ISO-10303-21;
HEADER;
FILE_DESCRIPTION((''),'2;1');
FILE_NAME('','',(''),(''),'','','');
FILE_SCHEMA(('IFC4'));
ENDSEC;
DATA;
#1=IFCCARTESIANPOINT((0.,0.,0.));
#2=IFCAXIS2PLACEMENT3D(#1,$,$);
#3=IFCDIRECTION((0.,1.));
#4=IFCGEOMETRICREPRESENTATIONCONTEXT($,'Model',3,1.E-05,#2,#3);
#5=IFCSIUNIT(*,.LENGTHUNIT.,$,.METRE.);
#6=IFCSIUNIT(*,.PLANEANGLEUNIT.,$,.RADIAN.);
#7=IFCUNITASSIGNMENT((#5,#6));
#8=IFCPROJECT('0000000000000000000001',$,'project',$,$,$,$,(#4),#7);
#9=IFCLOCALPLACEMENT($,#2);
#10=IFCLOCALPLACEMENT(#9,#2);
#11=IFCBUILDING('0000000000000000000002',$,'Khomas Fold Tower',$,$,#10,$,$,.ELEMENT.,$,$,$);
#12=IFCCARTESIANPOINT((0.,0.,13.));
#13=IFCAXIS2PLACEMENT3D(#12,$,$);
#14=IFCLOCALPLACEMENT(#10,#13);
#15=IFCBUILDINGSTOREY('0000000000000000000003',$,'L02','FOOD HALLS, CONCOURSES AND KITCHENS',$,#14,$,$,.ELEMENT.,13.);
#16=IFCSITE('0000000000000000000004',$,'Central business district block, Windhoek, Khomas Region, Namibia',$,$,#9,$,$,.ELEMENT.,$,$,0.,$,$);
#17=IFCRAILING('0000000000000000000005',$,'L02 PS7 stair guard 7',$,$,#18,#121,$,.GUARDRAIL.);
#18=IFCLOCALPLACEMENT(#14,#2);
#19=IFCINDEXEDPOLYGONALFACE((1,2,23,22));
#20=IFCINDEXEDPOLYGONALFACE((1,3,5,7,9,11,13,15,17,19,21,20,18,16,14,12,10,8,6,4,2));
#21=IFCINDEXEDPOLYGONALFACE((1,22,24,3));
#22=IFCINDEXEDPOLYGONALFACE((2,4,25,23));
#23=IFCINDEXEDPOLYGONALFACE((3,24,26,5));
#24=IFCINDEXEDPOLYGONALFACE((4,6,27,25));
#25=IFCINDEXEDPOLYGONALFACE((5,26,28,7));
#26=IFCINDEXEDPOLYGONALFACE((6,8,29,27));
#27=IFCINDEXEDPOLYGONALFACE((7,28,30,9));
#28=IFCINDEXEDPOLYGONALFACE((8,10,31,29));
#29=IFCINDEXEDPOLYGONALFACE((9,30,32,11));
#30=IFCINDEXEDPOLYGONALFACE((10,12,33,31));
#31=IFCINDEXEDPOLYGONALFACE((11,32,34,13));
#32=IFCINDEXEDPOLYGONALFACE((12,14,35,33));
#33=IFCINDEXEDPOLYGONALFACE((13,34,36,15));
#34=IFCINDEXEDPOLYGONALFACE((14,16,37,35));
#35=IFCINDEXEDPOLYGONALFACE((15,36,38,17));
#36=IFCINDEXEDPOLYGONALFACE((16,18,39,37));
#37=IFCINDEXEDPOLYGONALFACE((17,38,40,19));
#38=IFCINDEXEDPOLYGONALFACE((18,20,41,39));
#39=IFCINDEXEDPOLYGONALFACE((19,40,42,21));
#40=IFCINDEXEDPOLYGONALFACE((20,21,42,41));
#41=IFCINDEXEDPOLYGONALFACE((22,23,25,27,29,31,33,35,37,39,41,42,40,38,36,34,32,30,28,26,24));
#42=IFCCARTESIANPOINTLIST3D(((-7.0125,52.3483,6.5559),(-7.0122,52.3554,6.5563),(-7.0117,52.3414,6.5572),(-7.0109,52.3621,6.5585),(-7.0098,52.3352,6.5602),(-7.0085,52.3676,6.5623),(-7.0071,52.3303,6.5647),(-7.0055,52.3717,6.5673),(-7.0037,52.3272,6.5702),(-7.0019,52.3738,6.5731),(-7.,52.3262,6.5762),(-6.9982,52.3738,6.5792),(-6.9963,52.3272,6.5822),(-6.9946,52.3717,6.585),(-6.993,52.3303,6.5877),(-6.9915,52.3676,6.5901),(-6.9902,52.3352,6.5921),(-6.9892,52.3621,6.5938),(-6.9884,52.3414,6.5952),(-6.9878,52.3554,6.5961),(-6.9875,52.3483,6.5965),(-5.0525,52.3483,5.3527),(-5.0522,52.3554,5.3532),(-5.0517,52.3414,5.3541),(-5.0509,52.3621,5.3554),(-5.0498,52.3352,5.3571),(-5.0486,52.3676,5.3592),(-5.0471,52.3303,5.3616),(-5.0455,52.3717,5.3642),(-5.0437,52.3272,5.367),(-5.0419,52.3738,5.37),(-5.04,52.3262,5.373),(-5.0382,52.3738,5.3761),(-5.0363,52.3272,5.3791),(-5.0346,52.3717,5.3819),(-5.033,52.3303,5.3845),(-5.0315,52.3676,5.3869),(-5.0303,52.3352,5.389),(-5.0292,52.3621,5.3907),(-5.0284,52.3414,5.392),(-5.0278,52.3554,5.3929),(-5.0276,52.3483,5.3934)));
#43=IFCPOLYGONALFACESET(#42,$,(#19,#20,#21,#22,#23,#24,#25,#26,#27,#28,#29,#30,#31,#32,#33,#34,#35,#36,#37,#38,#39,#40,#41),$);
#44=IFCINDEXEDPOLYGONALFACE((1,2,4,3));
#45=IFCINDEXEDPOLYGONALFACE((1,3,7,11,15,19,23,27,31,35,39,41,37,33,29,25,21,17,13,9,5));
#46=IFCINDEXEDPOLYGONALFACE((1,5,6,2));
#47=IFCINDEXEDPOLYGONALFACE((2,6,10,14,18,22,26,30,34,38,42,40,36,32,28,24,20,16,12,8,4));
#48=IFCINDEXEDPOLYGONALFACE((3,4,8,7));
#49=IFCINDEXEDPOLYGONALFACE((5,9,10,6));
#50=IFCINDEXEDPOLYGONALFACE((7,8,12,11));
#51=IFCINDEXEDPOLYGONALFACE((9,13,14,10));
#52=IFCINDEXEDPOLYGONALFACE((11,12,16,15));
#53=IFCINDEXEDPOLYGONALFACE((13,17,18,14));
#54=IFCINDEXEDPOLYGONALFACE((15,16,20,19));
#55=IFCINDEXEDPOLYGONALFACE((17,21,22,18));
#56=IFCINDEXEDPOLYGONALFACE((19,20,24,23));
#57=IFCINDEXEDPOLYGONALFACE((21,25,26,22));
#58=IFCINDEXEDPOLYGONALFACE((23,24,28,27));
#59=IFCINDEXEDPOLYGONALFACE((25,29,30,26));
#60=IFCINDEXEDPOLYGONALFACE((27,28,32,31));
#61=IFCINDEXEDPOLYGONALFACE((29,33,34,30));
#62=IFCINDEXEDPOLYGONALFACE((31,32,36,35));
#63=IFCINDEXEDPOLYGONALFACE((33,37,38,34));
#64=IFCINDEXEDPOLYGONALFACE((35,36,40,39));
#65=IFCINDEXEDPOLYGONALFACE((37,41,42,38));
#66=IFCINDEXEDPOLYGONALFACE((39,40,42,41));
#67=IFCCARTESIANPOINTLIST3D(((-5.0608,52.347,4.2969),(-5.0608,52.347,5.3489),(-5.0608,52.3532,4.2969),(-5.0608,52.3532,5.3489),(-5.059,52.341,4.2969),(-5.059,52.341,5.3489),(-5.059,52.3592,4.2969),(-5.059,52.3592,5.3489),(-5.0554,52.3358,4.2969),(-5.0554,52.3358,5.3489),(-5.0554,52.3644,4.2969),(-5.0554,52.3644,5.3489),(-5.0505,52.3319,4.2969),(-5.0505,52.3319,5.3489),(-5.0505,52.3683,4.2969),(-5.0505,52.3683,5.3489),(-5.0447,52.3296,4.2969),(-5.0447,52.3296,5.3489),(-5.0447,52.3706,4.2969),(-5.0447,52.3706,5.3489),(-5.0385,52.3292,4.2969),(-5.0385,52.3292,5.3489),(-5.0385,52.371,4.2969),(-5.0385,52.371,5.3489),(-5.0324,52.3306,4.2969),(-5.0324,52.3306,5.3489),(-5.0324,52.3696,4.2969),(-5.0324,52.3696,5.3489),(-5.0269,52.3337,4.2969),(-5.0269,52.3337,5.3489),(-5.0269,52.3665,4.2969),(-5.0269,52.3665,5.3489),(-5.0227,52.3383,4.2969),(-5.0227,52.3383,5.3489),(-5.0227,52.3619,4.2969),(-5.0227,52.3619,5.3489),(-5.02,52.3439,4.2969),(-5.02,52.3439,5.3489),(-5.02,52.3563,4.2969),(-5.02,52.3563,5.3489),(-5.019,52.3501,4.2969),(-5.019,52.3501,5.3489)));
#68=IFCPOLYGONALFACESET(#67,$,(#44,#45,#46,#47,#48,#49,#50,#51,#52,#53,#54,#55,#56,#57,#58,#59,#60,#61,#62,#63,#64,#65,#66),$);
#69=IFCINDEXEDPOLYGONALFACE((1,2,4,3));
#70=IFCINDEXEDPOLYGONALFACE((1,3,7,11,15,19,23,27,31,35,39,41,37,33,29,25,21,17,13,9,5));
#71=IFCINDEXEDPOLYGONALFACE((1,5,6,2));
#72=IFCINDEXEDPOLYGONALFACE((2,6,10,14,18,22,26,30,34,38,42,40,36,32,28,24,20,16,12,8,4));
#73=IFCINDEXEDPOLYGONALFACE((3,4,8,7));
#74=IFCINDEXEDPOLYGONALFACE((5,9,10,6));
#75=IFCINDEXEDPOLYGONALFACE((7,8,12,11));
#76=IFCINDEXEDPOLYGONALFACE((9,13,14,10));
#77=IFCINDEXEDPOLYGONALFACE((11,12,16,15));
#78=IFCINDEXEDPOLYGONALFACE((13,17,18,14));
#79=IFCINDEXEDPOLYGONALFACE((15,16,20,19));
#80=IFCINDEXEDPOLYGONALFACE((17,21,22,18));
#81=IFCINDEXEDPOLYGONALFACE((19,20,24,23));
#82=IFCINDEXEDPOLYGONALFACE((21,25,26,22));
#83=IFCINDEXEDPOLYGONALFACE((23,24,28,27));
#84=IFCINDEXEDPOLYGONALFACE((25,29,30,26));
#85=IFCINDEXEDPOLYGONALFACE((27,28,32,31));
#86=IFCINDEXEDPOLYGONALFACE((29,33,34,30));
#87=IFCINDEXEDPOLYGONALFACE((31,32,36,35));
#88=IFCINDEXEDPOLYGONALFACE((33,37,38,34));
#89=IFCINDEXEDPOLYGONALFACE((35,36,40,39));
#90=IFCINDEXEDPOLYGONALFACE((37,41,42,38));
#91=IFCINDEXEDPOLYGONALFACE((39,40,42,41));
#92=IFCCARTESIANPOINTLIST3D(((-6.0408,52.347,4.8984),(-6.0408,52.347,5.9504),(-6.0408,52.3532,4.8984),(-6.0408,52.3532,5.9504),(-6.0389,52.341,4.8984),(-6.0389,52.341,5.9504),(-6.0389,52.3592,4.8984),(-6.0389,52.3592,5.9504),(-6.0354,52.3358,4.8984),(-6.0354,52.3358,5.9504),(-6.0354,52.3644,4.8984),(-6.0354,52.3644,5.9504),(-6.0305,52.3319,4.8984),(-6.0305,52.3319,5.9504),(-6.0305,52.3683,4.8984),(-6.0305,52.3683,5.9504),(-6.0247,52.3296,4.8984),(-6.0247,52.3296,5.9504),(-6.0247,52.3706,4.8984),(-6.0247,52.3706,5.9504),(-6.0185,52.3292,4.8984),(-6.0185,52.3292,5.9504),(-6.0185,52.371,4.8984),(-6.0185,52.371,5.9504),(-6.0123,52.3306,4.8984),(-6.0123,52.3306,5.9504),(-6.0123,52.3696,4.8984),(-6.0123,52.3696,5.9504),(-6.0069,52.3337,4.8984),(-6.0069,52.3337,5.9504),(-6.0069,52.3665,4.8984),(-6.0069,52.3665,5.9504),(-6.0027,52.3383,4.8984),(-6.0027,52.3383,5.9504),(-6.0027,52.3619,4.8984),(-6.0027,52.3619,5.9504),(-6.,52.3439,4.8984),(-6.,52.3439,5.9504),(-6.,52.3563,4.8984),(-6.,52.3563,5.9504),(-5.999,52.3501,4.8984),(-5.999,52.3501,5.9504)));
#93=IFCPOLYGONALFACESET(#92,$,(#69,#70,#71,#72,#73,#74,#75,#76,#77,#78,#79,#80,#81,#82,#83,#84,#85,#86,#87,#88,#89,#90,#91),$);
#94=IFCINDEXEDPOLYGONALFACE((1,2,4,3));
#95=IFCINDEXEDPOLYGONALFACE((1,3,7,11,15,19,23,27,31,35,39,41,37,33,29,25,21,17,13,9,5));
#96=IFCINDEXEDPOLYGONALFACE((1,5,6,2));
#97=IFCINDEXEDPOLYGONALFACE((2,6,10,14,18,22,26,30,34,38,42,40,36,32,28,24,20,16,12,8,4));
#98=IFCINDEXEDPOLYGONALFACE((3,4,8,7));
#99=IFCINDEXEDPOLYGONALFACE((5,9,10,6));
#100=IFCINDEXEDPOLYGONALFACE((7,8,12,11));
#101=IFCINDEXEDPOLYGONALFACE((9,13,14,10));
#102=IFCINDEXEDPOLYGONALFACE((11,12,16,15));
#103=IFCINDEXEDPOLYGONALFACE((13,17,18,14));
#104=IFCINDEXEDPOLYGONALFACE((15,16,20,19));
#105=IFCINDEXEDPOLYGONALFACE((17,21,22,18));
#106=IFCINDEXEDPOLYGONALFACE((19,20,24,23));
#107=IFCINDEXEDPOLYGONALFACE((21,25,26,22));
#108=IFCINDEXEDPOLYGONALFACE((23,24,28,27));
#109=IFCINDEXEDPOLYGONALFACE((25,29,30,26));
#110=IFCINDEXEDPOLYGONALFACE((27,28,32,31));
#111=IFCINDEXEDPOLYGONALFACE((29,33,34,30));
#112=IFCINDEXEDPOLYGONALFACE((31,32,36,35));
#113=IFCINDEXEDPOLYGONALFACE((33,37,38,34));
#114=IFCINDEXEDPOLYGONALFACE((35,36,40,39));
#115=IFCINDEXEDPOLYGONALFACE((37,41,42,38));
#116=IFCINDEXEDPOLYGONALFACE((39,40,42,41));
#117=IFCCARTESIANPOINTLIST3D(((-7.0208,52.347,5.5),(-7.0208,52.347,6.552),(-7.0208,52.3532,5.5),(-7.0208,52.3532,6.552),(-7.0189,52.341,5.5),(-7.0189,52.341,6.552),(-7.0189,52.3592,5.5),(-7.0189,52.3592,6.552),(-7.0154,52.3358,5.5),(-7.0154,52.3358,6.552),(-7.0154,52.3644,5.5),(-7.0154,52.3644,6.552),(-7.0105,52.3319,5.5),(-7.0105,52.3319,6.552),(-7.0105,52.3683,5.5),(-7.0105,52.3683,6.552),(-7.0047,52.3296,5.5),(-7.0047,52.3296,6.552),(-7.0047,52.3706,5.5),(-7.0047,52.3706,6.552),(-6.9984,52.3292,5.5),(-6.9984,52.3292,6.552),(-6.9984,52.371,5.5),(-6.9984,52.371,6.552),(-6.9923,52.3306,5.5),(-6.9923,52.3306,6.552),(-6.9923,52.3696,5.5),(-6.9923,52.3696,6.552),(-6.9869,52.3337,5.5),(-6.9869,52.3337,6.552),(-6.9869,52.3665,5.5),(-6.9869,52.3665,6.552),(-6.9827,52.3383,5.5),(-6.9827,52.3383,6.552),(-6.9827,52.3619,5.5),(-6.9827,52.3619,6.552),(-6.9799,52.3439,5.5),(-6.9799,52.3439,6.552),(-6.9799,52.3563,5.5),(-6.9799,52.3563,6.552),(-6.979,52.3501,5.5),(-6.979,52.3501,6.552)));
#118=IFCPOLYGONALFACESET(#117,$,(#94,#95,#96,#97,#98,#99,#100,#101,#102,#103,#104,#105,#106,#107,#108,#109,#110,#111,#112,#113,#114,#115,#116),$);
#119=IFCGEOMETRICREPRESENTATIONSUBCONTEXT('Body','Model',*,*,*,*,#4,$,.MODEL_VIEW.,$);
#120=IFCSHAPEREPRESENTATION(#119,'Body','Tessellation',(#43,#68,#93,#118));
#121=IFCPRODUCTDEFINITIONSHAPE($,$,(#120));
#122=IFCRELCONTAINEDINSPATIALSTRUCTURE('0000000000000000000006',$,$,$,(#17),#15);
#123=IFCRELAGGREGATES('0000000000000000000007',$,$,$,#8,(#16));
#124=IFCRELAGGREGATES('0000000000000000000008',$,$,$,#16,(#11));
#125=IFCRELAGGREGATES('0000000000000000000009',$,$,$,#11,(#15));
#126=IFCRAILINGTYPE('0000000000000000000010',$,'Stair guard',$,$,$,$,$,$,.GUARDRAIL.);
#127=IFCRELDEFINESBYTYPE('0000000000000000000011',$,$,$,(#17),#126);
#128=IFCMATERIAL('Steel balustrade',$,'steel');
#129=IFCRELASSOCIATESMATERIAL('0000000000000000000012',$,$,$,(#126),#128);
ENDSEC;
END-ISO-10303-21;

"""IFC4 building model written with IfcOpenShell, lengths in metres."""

from ifc_helpers import new_model, si_unit, direction, frame, origin, origin_2d, place, context, subcontext, project, spatial, circle, extrude, source, transform, mapped, material, type_object, element, save


model = new_model("IFC4")

# Units and contexts
model_context = context("Model", 3, precision=1e-05, world=origin(), true_north=direction((0.0, 1.0)))
body_context = subcontext(model_context, "Body", "Model", "MODEL_VIEW")
ifc_project = project(units=[si_unit("LENGTHUNIT", "METRE"), si_unit("PLANEANGLEUNIT", "RADIAN")], contexts=[model_context])

# Site, building, storey
site_placement = place(None, origin())
site = spatial("IfcSite", under=ifc_project, at=site_placement, Name="Central business district block, Windhoek, Khomas Region, Namibia", CompositionType="ELEMENT", RefElevation=0.0)
building_placement = place(site_placement, origin())
building = spatial("IfcBuilding", under=site, at=building_placement, Name="Khomas Fold Tower", CompositionType="ELEMENT")
storey_placement = place(building_placement, frame((0.0, 0.0, 13.0)))
storey = spatial("IfcBuildingStorey", under=building, at=storey_placement, Name="L02", Description="FOOD HALLS, CONCOURSES AND KITCHENS", CompositionType="ELEMENT", Elevation=13.0)

# Railing
ifc_material_1 = material(Name="Steel balustrade", Category="steel")
railing_type_1 = type_object("IfcRailingType", Name="Stair guard", PredefinedType="GUARDRAIL", material=ifc_material_1)
shared_shape_1 = source(origin(), body_context, "Body", "SweptSolid", [
    extrude(circle(Radius=0.0239, at=origin_2d()), frame((0.0, 0.0, 1.0762), z_axis=(-0.852241, 0.0, 0.523149), x_axis=(0.0, -1.0, 0.0)), (0.0, 0.0, 1.0), 2.2998),
    extrude(circle(Radius=0.021, at=origin_2d()), origin(), (0.0, 0.0, 1.0), 1.052),
    extrude(circle(Radius=0.021, at=origin_2d()), frame((-0.98, 0.0, 0.6016)), (0.0, 0.0, 1.0), 1.052),
    extrude(circle(Radius=0.021, at=origin_2d()), frame((-1.96, 0.0, 1.2031)), (0.0, 0.0, 1.0), 1.052),
])
for number, where, name in (
    (1, (-5.04, 52.3501, 4.2969), "L02 PS7 stair guard 7"),
):
    element("IfcRailing", number, at=place(storey_placement, frame(where)), inside=storey, type_object=railing_type_1, Name=name, PredefinedType="GUARDRAIL", context=body_context, shape_type="MappedRepresentation", body=[
        mapped(shared_shape_1, transform((0.0, 0.0, 0.0))),
    ])

save(model, "model.ifc")
